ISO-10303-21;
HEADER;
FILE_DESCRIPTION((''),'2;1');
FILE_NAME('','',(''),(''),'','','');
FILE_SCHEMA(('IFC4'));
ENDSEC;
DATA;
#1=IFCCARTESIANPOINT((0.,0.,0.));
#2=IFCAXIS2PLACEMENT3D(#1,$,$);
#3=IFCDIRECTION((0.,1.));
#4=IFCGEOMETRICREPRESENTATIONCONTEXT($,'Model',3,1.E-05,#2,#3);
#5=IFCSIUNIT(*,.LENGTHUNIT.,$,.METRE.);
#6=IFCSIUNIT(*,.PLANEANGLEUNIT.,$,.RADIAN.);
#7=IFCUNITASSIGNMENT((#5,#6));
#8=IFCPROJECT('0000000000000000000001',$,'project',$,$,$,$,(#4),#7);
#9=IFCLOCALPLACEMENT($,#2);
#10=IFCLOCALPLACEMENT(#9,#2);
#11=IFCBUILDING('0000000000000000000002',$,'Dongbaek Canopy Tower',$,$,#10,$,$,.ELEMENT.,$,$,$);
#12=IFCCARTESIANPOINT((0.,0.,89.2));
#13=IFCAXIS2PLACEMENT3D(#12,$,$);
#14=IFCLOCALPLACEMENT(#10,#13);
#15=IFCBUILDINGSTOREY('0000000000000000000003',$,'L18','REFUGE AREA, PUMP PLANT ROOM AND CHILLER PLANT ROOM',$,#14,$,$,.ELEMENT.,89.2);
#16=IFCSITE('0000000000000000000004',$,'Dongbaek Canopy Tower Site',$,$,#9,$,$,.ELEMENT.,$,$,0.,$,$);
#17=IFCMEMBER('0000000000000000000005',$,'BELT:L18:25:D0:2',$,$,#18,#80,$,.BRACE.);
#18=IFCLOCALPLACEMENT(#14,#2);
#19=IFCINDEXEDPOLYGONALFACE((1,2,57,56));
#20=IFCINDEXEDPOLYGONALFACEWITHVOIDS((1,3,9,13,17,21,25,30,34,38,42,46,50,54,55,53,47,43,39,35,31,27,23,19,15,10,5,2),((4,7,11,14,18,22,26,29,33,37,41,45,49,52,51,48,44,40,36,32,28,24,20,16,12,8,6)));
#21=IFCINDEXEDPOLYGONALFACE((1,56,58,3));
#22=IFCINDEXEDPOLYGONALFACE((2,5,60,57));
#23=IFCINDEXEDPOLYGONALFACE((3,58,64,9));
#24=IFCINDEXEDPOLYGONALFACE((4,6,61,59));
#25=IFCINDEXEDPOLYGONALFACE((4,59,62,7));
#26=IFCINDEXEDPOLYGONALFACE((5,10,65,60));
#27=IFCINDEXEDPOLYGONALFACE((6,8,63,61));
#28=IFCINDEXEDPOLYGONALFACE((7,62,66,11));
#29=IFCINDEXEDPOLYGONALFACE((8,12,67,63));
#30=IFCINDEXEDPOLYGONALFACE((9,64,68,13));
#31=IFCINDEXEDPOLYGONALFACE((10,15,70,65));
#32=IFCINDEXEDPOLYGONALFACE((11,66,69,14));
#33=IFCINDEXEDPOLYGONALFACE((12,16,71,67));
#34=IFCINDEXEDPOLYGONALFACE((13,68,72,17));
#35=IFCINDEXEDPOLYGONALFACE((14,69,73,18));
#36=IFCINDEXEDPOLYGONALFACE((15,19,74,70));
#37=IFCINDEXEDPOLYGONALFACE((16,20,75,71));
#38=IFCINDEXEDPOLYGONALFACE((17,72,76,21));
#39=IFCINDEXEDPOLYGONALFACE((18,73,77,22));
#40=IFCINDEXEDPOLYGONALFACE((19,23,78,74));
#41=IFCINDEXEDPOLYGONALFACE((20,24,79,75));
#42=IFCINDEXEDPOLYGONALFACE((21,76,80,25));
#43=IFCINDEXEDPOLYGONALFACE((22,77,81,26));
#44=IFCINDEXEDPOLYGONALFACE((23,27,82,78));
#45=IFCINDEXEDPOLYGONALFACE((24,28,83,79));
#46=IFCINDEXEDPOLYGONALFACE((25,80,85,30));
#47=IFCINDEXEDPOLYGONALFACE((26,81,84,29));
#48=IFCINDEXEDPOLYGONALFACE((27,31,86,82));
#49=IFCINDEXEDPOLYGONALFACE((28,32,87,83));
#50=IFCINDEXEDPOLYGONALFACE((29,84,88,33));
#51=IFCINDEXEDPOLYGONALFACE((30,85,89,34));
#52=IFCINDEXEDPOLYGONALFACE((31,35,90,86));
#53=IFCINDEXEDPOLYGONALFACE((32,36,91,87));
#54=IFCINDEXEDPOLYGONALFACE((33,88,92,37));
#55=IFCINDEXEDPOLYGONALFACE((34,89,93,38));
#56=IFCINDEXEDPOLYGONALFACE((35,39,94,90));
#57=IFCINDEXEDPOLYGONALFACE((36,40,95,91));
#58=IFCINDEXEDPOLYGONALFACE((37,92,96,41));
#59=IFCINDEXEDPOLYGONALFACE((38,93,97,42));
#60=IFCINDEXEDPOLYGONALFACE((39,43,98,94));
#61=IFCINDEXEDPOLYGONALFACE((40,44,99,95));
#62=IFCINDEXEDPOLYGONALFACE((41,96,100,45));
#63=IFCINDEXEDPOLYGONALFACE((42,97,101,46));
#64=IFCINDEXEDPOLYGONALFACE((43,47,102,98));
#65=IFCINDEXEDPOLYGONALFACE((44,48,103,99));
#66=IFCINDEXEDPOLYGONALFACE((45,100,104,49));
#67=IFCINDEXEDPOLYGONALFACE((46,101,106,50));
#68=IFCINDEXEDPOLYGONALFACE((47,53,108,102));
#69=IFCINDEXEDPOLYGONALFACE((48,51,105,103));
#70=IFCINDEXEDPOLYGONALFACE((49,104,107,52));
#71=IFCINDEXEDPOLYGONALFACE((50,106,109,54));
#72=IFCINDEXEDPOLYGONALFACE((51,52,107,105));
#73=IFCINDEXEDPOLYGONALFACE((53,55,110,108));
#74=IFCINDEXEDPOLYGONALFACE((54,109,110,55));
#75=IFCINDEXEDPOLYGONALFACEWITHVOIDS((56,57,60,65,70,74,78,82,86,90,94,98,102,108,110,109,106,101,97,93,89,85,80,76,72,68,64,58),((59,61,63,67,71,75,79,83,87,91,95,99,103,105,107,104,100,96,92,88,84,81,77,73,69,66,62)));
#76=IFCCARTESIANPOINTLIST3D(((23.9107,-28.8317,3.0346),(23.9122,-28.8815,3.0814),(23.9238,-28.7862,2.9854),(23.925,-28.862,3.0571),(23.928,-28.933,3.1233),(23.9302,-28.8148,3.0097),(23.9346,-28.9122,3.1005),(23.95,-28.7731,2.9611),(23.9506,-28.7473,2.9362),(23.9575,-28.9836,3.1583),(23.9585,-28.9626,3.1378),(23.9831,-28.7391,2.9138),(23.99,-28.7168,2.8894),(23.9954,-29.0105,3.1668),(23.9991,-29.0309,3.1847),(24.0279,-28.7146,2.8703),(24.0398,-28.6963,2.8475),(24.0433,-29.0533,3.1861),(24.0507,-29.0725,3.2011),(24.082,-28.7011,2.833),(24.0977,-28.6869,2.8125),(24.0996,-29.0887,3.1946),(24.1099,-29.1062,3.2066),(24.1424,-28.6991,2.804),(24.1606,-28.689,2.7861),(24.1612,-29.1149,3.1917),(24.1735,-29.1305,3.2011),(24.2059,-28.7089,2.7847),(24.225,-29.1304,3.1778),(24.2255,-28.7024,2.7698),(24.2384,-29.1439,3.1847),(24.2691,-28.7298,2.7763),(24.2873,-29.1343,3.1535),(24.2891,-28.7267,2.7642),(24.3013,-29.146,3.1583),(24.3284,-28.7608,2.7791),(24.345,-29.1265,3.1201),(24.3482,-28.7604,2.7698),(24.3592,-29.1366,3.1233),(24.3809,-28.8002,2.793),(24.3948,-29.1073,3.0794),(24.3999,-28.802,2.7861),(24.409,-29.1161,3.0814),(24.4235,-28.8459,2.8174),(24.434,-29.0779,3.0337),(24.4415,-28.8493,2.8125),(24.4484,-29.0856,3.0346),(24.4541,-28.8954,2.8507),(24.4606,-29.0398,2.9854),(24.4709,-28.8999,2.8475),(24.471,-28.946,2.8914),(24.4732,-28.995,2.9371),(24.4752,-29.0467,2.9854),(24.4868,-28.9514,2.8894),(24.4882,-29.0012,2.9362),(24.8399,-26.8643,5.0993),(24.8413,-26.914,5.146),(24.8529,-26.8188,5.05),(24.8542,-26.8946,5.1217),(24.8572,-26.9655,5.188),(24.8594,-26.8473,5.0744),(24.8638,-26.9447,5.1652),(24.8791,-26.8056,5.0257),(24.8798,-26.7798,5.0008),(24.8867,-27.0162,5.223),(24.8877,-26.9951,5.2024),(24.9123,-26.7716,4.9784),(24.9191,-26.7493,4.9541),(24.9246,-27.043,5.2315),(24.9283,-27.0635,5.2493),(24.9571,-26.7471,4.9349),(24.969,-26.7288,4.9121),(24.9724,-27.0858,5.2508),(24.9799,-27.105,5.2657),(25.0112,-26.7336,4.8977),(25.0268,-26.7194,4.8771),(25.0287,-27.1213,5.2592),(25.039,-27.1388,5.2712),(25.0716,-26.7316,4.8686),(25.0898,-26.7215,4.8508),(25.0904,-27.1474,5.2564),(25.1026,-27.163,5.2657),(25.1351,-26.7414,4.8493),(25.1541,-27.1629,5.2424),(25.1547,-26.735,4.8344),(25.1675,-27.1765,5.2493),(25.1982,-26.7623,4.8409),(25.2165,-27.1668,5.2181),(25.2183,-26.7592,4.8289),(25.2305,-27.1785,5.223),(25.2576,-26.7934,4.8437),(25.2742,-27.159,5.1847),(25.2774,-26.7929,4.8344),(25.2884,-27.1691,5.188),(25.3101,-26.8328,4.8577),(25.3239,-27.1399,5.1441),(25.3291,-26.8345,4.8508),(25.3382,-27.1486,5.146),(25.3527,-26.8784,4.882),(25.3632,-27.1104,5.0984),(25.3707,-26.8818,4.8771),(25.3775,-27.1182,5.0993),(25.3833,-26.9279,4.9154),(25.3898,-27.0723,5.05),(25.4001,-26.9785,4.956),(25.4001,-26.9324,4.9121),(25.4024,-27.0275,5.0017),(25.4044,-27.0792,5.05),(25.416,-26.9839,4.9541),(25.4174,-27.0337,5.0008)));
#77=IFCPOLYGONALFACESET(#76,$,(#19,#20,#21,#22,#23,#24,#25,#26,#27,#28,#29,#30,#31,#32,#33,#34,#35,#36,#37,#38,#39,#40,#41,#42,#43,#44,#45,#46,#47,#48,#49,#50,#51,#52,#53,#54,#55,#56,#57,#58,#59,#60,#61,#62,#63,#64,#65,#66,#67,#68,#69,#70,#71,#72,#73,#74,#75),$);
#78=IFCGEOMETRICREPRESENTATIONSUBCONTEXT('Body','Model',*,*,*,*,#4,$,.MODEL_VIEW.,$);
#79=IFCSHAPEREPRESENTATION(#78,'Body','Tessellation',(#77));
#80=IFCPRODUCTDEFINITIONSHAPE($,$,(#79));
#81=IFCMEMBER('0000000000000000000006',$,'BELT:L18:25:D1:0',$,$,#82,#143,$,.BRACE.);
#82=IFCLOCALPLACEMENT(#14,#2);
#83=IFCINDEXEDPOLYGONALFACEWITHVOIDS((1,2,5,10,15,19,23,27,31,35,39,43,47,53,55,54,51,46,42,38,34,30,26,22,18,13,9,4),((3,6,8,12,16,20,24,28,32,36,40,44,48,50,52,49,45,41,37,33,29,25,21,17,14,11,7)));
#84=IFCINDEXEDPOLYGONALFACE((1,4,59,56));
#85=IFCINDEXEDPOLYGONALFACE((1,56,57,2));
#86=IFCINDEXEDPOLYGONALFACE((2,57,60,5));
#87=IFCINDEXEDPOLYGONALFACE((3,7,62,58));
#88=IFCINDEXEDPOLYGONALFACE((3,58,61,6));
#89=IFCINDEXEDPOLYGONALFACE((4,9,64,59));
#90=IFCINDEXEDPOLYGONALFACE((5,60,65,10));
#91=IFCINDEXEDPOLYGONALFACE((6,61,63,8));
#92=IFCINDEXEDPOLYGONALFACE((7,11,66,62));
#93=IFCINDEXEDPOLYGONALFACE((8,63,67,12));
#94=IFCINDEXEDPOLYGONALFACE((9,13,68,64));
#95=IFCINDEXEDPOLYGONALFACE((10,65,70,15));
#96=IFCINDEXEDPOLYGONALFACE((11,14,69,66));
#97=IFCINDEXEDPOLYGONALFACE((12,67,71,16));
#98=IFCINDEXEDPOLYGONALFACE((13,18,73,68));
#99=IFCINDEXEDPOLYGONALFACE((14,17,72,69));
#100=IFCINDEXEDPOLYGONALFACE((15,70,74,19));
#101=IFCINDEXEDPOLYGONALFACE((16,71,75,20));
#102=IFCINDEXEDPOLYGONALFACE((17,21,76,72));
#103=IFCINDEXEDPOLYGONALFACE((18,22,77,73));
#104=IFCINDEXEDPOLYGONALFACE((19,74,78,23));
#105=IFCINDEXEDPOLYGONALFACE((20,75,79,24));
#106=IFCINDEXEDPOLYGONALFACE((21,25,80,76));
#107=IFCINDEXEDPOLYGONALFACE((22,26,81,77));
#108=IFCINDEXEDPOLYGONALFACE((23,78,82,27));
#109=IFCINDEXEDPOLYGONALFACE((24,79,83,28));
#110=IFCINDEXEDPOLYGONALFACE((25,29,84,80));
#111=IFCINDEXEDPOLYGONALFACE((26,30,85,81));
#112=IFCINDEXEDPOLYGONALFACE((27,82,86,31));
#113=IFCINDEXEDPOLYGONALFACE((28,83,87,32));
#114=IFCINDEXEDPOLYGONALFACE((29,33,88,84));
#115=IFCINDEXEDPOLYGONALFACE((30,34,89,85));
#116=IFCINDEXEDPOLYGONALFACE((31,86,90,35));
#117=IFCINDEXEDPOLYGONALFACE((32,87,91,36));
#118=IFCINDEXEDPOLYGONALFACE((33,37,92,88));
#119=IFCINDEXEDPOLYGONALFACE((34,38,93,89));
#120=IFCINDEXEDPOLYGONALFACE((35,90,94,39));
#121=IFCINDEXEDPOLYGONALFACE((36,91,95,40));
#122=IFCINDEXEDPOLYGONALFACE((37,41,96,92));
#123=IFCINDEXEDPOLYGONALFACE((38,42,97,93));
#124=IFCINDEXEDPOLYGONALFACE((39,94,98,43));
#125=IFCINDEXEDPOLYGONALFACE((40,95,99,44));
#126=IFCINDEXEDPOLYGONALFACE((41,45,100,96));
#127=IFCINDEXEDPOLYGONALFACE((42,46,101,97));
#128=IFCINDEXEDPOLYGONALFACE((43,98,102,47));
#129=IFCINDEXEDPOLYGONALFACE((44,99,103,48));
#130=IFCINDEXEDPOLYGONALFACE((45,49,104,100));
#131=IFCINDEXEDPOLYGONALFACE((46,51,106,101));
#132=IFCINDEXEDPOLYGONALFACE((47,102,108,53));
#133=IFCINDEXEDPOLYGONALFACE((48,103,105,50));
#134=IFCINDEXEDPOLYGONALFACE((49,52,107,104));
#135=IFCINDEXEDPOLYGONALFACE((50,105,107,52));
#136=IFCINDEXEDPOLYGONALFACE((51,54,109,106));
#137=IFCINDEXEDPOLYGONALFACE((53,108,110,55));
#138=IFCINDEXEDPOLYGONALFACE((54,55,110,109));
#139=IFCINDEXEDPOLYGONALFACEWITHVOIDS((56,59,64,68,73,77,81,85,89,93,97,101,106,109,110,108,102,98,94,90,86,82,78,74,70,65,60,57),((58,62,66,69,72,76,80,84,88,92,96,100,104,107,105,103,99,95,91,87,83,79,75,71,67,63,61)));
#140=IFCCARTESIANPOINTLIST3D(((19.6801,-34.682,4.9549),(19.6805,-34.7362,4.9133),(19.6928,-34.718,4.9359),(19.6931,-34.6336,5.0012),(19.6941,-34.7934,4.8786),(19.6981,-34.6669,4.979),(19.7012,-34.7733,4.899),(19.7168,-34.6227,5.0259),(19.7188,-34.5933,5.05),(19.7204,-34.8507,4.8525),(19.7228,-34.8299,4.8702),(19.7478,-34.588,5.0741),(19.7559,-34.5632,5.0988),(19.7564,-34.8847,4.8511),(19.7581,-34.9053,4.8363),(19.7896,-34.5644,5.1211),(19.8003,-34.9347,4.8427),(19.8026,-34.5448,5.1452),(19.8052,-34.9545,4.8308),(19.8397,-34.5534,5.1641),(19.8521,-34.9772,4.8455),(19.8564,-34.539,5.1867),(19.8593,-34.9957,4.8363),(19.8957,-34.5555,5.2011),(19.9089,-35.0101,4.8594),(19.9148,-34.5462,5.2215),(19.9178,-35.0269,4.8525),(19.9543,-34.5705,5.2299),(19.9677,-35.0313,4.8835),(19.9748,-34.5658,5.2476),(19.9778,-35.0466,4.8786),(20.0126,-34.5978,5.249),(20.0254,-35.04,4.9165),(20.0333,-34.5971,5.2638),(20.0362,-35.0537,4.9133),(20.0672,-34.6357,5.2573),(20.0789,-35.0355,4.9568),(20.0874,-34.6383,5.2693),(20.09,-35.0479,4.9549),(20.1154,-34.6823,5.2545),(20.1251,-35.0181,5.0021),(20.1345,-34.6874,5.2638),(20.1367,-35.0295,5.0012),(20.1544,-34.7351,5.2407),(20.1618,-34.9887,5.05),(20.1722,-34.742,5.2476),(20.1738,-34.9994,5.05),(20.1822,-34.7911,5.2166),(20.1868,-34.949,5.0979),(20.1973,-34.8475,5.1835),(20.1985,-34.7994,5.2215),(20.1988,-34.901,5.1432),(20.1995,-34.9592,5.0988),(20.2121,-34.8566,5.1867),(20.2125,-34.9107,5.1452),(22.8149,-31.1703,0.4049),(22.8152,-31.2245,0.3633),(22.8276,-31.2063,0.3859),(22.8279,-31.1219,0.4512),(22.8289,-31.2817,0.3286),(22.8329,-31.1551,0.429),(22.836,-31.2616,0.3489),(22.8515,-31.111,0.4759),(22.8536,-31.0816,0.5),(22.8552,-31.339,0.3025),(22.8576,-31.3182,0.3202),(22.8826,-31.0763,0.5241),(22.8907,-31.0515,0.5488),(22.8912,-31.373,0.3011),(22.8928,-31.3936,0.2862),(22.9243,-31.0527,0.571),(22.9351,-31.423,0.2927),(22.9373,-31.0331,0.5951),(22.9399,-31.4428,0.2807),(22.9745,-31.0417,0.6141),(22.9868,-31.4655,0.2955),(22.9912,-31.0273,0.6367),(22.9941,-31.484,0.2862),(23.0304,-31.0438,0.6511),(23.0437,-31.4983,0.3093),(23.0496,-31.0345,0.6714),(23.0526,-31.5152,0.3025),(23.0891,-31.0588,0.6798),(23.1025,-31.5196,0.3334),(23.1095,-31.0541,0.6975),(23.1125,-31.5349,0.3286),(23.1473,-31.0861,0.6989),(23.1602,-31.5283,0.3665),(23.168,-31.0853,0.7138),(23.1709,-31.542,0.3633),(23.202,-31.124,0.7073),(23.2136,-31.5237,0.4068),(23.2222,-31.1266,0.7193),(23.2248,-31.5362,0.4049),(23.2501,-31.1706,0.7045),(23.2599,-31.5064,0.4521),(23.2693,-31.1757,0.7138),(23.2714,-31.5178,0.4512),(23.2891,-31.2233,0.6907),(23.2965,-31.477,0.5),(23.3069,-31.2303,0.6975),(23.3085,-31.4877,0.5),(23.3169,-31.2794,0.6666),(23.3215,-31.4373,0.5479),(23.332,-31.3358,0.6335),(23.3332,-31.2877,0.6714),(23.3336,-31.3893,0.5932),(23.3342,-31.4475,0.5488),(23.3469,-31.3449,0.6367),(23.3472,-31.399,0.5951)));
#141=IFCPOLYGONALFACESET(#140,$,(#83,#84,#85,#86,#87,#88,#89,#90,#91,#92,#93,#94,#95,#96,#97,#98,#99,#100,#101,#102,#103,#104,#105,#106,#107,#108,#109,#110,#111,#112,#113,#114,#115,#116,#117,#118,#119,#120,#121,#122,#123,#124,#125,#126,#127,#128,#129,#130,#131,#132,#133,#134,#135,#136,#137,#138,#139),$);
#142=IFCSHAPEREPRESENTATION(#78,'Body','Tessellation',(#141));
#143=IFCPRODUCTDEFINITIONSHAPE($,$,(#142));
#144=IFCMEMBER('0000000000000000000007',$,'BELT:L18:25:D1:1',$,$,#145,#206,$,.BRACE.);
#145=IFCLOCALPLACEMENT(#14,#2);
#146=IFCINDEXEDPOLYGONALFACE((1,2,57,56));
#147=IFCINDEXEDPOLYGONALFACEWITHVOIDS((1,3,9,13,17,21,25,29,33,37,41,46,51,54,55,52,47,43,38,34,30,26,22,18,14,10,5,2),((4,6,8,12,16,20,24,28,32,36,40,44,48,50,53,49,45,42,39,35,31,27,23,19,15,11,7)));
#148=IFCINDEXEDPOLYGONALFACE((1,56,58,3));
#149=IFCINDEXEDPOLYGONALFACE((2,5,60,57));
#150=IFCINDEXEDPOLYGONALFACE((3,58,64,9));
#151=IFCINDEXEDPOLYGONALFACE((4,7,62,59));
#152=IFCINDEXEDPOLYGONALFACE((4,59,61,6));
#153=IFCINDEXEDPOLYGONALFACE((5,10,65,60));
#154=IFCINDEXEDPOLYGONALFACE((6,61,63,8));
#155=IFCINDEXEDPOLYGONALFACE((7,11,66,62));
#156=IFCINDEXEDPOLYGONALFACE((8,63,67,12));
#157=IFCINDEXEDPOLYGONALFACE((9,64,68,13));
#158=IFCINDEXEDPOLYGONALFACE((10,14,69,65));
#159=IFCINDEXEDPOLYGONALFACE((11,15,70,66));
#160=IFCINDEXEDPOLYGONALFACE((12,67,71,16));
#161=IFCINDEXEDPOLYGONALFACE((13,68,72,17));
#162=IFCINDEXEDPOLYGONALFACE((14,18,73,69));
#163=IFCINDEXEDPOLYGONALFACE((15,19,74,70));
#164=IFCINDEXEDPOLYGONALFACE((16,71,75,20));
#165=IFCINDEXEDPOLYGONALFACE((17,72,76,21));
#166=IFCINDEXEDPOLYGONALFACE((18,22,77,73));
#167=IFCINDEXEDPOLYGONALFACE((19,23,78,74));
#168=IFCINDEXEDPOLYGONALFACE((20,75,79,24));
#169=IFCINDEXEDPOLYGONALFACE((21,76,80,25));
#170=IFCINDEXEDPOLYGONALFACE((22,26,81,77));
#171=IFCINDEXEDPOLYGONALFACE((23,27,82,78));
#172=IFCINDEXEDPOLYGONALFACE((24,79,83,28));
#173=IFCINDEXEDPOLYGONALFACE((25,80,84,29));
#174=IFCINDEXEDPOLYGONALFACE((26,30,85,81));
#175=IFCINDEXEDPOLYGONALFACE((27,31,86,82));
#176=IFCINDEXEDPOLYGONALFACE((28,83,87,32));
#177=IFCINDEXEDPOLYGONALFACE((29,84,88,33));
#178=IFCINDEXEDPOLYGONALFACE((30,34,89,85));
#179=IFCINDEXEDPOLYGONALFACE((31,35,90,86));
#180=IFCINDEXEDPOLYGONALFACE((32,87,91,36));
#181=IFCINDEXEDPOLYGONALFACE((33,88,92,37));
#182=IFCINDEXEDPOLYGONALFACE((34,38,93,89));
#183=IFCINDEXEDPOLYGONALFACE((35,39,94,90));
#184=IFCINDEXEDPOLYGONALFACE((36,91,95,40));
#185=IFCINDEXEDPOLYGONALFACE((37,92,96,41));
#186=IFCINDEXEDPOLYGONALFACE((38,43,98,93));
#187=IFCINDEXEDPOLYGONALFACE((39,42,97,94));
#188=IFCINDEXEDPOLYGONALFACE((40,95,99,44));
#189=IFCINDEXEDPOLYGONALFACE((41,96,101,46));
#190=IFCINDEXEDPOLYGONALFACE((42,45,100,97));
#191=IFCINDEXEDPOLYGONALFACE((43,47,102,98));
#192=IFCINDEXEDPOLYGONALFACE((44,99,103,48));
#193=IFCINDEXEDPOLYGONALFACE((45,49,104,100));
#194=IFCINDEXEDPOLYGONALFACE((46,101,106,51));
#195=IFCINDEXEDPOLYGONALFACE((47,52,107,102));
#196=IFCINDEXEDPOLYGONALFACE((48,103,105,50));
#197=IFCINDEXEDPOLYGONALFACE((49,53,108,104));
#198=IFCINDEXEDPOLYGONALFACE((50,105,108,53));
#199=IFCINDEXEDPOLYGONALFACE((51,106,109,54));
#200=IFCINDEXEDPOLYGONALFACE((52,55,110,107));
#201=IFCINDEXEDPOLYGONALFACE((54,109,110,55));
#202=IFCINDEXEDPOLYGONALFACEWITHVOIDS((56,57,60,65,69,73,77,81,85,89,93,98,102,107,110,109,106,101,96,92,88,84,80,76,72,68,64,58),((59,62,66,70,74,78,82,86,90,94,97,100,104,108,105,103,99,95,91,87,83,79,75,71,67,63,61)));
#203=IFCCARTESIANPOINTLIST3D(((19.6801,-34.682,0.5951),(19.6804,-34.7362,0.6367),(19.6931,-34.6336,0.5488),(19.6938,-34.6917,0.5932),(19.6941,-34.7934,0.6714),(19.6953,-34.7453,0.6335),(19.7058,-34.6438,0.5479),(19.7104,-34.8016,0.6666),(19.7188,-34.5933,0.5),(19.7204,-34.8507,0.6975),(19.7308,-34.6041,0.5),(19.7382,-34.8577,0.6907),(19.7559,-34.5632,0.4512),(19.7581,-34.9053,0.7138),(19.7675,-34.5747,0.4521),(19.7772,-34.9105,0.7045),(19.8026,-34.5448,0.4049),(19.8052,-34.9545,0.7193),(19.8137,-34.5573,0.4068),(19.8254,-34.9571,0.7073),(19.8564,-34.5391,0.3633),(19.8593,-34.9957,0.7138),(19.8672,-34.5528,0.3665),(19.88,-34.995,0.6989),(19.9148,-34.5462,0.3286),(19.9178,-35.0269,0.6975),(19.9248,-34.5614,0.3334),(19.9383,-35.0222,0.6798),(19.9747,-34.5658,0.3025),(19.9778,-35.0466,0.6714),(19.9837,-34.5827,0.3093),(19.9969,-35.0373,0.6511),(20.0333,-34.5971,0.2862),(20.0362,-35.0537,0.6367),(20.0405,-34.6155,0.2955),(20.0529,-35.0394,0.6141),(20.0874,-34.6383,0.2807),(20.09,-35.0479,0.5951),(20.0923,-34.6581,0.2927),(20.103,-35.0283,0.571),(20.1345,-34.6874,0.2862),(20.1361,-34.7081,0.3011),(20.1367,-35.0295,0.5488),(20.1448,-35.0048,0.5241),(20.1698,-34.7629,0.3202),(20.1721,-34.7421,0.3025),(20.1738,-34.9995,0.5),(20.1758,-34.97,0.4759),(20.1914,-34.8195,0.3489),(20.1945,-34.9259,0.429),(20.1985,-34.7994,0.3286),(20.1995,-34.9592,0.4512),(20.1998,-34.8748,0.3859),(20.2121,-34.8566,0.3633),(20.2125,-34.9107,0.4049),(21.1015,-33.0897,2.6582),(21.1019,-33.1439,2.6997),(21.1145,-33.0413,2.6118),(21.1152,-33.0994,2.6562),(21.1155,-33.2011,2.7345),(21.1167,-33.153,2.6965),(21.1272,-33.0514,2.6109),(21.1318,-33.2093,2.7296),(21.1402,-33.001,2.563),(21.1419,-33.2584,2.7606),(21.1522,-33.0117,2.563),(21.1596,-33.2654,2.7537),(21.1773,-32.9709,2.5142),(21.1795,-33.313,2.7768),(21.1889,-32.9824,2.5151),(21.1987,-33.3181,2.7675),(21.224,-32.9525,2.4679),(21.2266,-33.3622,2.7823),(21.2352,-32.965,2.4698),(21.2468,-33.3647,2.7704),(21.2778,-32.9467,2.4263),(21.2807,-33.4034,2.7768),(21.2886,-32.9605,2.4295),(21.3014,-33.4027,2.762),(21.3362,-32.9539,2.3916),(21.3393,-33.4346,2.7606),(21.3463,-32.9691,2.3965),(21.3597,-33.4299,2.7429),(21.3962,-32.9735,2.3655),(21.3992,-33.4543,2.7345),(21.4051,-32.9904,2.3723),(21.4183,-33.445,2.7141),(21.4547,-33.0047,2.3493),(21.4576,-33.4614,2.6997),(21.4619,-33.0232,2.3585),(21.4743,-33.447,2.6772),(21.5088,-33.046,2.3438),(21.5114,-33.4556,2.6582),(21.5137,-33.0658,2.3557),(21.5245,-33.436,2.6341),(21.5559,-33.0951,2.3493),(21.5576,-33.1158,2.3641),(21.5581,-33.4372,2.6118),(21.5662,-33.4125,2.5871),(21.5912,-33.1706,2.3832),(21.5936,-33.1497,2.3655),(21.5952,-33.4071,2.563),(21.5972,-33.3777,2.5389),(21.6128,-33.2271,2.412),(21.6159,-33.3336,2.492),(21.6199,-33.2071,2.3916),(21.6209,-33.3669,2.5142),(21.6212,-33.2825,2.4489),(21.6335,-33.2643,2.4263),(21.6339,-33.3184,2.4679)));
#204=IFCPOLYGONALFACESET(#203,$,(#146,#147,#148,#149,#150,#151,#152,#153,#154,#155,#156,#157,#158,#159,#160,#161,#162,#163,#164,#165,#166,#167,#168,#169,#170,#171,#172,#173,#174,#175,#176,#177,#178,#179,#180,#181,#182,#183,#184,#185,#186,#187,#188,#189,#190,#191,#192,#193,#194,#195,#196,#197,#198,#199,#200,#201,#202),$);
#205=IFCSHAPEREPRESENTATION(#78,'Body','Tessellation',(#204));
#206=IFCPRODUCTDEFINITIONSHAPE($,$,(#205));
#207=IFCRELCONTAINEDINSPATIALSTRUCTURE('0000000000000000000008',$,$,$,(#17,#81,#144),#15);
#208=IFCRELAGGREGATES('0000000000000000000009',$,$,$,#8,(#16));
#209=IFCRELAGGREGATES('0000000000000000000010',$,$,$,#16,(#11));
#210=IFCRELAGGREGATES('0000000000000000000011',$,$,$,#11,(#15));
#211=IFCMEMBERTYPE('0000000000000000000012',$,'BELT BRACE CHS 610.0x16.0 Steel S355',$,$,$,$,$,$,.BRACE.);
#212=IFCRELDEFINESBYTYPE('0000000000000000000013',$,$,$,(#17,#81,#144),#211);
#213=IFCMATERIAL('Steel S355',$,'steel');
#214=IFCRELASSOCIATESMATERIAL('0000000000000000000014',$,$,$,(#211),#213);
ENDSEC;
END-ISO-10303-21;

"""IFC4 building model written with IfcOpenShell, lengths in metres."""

from ifc_helpers import new_model, si_unit, direction, frame, origin, origin_2d, place, context, subcontext, project, spatial, hollow_circle, extrude, material, material_profile, profile_set, type_object, element, save


model = new_model("IFC4")

# Units and contexts
model_context = context("Model", 3, precision=1e-05, world=origin(), true_north=direction((0.0, 1.0)))
body_context = subcontext(model_context, "Body", "Model", "MODEL_VIEW")
ifc_project = project(units=[si_unit("LENGTHUNIT", "METRE"), si_unit("PLANEANGLEUNIT", "RADIAN")], contexts=[model_context])

# Site, building, storey
site_placement = place(None, origin())
site = spatial("IfcSite", under=ifc_project, at=site_placement, Name="Dongbaek Canopy Tower Site", CompositionType="ELEMENT", RefElevation=0.0)
building_placement = place(site_placement, origin())
building = spatial("IfcBuilding", under=site, at=building_placement, Name="Dongbaek Canopy Tower", CompositionType="ELEMENT")
storey_placement = place(building_placement, frame((0.0, 0.0, 89.2)))
storey = spatial("IfcBuildingStorey", under=building, at=storey_placement, Name="L18", Description="REFUGE AREA, PUMP PLANT ROOM AND CHILLER PLANT ROOM", CompositionType="ELEMENT", Elevation=89.2)

# Members
ifc_material_1 = material(Name="Steel S355", Category="steel")
ifc_material_profile_1 = material_profile(ifc_material_1, hollow_circle(Radius=0.3049, WallThickness=0.0161, at=origin_2d()), Name="BELT BRACE CHS 610.0x16.0 Steel S355")
ifc_profile_set_1 = profile_set([ifc_material_profile_1], Name="Steel S355")
member_type_1 = type_object("IfcMemberType", Name="BELT BRACE CHS 610.0x16.0 Steel S355", PredefinedType="BRACE", material=ifc_profile_set_1)
member_1_placement = place(storey_placement, frame((25.1287, -26.949, 5.05), z_axis=(-0.309775, -0.655932, -0.688326), x_axis=(0.904233, -0.427039, 0.0)))
element("IfcMember", 1, at=member_1_placement, inside=storey, type_object=member_type_1, Name="BELT:L18:25:D0:2", PredefinedType="BRACE", context=body_context, shape_type="SweptSolid", body=[
    extrude(hollow_circle(Radius=0.3049, WallThickness=0.0161, at=origin_2d()), origin(), (0.0, 0.0, 1.0), 2.9995),
])
member_2_placement = place(storey_placement, frame((23.0811, -31.2847, 0.5), z_axis=(-0.478817, -0.536394, 0.694993), x_axis=(0.746011, -0.665933, 0.0)))
element("IfcMember", 2, at=member_2_placement, inside=storey, type_object=member_type_1, Name="BELT:L18:25:D1:0", PredefinedType="BRACE", context=body_context, shape_type="SweptSolid", body=[
    extrude(hollow_circle(Radius=0.3049, WallThickness=0.0161, at=origin_2d()), origin(), (0.0, 0.0, 1.0), 6.5469),
])
member_3_placement = place(storey_placement, frame((19.9463, -34.7964, 0.5), z_axis=(0.478833, 0.536405, 0.694974), x_axis=(-0.746007, 0.665938, 0.0)))
element("IfcMember", 3, at=member_3_placement, inside=storey, type_object=member_type_1, Name="BELT:L18:25:D1:1", PredefinedType="BRACE", context=body_context, shape_type="SweptSolid", body=[
    extrude(hollow_circle(Radius=0.3049, WallThickness=0.0161, at=origin_2d()), origin(), (0.0, 0.0, 1.0), 2.9685),
])

save(model, "model.ifc")
